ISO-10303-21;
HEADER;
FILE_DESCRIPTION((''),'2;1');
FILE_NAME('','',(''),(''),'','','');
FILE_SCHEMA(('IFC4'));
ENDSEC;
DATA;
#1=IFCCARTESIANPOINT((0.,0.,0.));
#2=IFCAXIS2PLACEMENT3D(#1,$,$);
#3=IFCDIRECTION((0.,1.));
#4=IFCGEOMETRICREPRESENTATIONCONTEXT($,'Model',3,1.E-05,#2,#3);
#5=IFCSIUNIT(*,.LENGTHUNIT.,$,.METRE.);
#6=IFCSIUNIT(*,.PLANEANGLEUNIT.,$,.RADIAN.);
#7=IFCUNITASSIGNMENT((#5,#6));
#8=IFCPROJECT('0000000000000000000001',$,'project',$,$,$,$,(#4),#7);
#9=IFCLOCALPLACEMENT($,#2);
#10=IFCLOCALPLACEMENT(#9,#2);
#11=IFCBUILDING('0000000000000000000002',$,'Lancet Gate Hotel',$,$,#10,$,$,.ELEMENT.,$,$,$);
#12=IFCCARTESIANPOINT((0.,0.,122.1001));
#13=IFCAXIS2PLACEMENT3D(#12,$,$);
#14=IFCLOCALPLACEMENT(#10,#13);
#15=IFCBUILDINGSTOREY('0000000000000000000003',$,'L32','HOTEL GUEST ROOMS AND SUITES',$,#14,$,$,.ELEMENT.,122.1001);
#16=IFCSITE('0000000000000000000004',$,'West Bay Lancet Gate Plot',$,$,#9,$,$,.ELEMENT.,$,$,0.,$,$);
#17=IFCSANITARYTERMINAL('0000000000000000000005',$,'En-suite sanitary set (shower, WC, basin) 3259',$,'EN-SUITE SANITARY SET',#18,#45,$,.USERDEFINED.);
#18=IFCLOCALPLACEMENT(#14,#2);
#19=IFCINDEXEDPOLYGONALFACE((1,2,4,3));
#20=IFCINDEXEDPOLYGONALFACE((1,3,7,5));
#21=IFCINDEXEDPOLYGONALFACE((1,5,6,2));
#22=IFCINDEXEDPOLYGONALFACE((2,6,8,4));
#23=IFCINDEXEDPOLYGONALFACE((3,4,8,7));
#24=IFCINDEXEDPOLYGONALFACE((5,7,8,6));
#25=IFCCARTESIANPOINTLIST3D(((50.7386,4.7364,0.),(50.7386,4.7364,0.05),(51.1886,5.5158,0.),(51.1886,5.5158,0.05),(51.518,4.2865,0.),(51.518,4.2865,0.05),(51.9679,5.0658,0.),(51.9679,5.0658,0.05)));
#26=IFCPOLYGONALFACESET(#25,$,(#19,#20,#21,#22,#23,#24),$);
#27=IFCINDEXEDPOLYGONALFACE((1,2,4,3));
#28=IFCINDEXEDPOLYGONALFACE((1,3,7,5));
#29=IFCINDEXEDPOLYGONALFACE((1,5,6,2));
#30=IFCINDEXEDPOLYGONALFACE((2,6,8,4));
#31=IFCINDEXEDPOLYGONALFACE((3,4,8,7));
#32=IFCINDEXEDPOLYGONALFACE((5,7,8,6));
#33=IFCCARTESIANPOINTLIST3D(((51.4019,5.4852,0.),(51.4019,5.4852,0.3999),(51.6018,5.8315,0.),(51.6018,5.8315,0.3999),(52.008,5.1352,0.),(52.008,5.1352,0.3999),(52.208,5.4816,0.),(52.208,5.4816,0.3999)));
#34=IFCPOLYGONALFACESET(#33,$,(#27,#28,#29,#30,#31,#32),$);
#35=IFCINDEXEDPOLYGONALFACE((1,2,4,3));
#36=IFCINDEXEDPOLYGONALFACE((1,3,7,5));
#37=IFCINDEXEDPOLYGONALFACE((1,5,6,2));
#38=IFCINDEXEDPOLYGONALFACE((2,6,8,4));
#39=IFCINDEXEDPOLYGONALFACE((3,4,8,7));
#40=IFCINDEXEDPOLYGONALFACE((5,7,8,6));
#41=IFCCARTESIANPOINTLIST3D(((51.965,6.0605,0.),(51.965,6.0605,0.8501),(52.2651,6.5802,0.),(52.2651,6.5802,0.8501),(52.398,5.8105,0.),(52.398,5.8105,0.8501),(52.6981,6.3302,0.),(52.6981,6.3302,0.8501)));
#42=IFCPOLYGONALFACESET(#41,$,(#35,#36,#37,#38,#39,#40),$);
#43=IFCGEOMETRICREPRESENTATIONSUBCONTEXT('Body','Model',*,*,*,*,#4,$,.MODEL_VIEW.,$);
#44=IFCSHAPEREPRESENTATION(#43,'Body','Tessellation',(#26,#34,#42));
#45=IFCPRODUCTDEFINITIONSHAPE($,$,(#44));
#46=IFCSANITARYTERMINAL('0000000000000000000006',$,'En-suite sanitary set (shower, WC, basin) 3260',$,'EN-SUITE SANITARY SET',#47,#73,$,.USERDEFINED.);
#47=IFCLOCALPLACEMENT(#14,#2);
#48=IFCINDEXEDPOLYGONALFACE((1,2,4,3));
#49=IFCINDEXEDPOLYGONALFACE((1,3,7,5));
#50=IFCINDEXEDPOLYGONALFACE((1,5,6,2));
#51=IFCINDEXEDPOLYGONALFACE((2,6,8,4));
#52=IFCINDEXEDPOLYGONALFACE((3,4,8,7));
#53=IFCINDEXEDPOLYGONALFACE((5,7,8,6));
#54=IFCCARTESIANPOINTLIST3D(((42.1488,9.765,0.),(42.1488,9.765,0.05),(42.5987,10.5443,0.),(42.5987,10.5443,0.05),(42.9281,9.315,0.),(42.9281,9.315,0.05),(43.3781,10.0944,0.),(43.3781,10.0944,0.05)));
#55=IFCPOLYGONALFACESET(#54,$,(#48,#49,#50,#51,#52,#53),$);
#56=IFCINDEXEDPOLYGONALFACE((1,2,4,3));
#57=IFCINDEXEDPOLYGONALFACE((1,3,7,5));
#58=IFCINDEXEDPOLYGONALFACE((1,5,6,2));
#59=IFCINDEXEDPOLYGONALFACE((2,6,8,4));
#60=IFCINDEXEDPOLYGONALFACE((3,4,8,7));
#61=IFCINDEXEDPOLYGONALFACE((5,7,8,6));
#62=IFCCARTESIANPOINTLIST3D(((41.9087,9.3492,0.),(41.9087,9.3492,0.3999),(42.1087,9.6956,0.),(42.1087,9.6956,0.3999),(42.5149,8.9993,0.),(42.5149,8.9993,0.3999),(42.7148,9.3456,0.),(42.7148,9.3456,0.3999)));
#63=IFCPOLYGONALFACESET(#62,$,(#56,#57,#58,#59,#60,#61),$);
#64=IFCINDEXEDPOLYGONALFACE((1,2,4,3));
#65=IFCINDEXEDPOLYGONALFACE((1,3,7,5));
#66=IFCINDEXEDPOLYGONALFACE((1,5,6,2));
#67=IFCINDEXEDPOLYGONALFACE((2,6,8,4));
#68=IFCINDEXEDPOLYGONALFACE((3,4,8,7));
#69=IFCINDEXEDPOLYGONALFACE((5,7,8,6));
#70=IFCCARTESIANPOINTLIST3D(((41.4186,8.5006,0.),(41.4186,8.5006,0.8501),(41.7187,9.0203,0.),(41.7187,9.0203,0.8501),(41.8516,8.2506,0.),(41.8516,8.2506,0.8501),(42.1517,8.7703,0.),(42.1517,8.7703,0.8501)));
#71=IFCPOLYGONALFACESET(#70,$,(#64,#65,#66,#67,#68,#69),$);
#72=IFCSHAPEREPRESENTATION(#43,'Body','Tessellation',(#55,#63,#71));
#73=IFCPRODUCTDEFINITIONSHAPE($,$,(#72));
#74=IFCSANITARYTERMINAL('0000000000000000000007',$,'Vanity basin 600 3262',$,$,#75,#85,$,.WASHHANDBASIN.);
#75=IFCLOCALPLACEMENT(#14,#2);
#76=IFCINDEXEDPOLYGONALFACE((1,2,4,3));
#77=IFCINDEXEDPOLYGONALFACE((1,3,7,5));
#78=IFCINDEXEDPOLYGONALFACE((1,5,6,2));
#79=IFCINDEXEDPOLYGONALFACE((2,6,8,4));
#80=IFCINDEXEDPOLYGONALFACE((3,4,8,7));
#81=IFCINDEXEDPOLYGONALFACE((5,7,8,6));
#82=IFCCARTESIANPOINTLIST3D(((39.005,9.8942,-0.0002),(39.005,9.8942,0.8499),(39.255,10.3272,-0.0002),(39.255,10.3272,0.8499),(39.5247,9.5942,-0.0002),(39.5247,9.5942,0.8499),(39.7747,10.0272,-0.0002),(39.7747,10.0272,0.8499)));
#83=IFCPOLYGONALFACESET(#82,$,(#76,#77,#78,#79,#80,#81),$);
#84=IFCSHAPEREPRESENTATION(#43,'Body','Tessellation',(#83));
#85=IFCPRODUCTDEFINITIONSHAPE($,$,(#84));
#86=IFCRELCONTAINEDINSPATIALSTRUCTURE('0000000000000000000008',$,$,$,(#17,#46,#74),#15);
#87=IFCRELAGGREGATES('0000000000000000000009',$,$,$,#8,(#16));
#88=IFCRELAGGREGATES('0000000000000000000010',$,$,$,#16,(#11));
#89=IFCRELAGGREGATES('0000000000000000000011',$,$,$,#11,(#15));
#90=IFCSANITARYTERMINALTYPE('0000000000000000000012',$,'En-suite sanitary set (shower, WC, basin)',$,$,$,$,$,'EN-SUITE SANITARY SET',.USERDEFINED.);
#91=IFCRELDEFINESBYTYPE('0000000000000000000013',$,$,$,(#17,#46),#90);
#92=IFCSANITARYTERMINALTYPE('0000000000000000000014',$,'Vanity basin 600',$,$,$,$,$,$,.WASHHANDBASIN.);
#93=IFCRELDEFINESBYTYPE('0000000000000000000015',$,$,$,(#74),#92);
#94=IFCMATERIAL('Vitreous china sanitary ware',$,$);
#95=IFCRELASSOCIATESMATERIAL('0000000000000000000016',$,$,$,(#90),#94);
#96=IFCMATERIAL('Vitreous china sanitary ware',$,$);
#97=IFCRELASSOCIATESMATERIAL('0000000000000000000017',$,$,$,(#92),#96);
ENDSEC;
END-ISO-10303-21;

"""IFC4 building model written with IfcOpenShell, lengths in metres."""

from ifc_helpers import new_model, si_unit, direction, frame, origin, origin_2d, place, context, subcontext, project, spatial, rectangle, extrude, material, type_object, element, save


model = new_model("IFC4")

# Units and contexts
model_context = context("Model", 3, precision=1e-05, world=origin(), true_north=direction((0.0, 1.0)))
body_context = subcontext(model_context, "Body", "Model", "MODEL_VIEW")
ifc_project = project(units=[si_unit("LENGTHUNIT", "METRE"), si_unit("PLANEANGLEUNIT", "RADIAN")], contexts=[model_context])

# Site, building, storey
site_placement = place(None, origin())
site = spatial("IfcSite", under=ifc_project, at=site_placement, Name="West Bay Lancet Gate Plot", CompositionType="ELEMENT", RefElevation=0.0)
building_placement = place(site_placement, origin())
building = spatial("IfcBuilding", under=site, at=building_placement, Name="Lancet Gate Hotel", CompositionType="ELEMENT")
storey_placement = place(building_placement, frame((0.0, 0.0, 122.1001)))
storey = spatial("IfcBuildingStorey", under=building, at=storey_placement, Name="L32", Description="HOTEL GUEST ROOMS AND SUITES", CompositionType="ELEMENT", Elevation=122.1001)

# Sanitary terminals
ifc_material_1 = material(Name="Vitreous china sanitary ware")
sanitary_terminal_type_1 = type_object("IfcSanitaryTerminalType", Name="En-suite sanitary set (shower, WC, basin)", ElementType="EN-SUITE SANITARY SET", PredefinedType="USERDEFINED", material=ifc_material_1)
sanitary_terminal_1_placement = place(storey_placement, frame((51.3533, 4.9011, 0.0), z_axis=(0.0, 0.0, 1.0), x_axis=(1.0, 0.0, 0.0)))
element("IfcSanitaryTerminal", 1, at=sanitary_terminal_1_placement, inside=storey, type_object=sanitary_terminal_type_1, Name="En-suite sanitary set (shower, WC, basin) 3259", ObjectType="EN-SUITE SANITARY SET", PredefinedType="USERDEFINED", context=body_context, shape_type="SweptSolid", body=[
    extrude(rectangle(XDim=0.8999, YDim=0.8999, at=origin_2d()), frame((0.0, 0.0, 0.0), z_axis=(0.0, 0.0, 1.0), x_axis=(-0.5, -0.866025, 0.0)), (0.0, 0.0, 1.0), 0.05),
    extrude(rectangle(XDim=0.3999, YDim=0.7, at=origin_2d()), frame((0.4517, 0.5823, 0.0), z_axis=(0.0, 0.0, 1.0), x_axis=(-0.5, -0.866025, 0.0)), (0.0, 0.0, 1.0), 0.3999),
    extrude(rectangle(XDim=0.6001, YDim=0.5, at=origin_2d()), frame((0.9783, 1.2942, 0.0), z_axis=(0.0, 0.0, 1.0), x_axis=(-0.5, -0.866025, 0.0)), (0.0, 0.0, 1.0), 0.8501),
])
sanitary_terminal_2_placement = place(storey_placement, frame((42.7634, 9.9297, 0.0), z_axis=(0.0, 0.0, 1.0), x_axis=(1.0, 0.0, 0.0)))
element("IfcSanitaryTerminal", 2, at=sanitary_terminal_2_placement, inside=storey, type_object=sanitary_terminal_type_1, Name="En-suite sanitary set (shower, WC, basin) 3260", ObjectType="EN-SUITE SANITARY SET", PredefinedType="USERDEFINED", context=body_context, shape_type="SweptSolid", body=[
    extrude(rectangle(XDim=0.8999, YDim=0.8999, at=origin_2d()), frame((0.0, 0.0, 0.0), z_axis=(0.0, 0.0, 1.0), x_axis=(0.5, 0.866025, 0.0)), (0.0, 0.0, 1.0), 0.05),
    extrude(rectangle(XDim=0.3999, YDim=0.7, at=origin_2d()), frame((-0.4517, -0.5823, 0.0), z_axis=(0.0, 0.0, 1.0), x_axis=(0.5, 0.866025, 0.0)), (0.0, 0.0, 1.0), 0.3999),
    extrude(rectangle(XDim=0.6001, YDim=0.5, at=origin_2d()), frame((-0.9783, -1.2942, 0.0), z_axis=(0.0, 0.0, 1.0), x_axis=(0.5, 0.866025, 0.0)), (0.0, 0.0, 1.0), 0.8501),
])
ifc_material_2 = material(Name="Vitreous china sanitary ware")
sanitary_terminal_type_2 = type_object("IfcSanitaryTerminalType", Name="Vanity basin 600", PredefinedType="WASHHANDBASIN", material=ifc_material_2)
sanitary_terminal_3_placement = place(storey_placement, frame((39.3899, 9.9607, -0.0002), z_axis=(0.0, 0.0, 1.0), x_axis=(-0.866025, 0.5, 0.0)))
element("IfcSanitaryTerminal", 3, at=sanitary_terminal_3_placement, inside=storey, type_object=sanitary_terminal_type_2, Name="Vanity basin 600 3262", PredefinedType="WASHHANDBASIN", context=body_context, shape_type="SweptSolid", body=[
    extrude(rectangle(XDim=0.6001, YDim=0.5, at=origin_2d()), origin(), (0.0, 0.0, 1.0), 0.8501),
])

save(model, "model.ifc")
